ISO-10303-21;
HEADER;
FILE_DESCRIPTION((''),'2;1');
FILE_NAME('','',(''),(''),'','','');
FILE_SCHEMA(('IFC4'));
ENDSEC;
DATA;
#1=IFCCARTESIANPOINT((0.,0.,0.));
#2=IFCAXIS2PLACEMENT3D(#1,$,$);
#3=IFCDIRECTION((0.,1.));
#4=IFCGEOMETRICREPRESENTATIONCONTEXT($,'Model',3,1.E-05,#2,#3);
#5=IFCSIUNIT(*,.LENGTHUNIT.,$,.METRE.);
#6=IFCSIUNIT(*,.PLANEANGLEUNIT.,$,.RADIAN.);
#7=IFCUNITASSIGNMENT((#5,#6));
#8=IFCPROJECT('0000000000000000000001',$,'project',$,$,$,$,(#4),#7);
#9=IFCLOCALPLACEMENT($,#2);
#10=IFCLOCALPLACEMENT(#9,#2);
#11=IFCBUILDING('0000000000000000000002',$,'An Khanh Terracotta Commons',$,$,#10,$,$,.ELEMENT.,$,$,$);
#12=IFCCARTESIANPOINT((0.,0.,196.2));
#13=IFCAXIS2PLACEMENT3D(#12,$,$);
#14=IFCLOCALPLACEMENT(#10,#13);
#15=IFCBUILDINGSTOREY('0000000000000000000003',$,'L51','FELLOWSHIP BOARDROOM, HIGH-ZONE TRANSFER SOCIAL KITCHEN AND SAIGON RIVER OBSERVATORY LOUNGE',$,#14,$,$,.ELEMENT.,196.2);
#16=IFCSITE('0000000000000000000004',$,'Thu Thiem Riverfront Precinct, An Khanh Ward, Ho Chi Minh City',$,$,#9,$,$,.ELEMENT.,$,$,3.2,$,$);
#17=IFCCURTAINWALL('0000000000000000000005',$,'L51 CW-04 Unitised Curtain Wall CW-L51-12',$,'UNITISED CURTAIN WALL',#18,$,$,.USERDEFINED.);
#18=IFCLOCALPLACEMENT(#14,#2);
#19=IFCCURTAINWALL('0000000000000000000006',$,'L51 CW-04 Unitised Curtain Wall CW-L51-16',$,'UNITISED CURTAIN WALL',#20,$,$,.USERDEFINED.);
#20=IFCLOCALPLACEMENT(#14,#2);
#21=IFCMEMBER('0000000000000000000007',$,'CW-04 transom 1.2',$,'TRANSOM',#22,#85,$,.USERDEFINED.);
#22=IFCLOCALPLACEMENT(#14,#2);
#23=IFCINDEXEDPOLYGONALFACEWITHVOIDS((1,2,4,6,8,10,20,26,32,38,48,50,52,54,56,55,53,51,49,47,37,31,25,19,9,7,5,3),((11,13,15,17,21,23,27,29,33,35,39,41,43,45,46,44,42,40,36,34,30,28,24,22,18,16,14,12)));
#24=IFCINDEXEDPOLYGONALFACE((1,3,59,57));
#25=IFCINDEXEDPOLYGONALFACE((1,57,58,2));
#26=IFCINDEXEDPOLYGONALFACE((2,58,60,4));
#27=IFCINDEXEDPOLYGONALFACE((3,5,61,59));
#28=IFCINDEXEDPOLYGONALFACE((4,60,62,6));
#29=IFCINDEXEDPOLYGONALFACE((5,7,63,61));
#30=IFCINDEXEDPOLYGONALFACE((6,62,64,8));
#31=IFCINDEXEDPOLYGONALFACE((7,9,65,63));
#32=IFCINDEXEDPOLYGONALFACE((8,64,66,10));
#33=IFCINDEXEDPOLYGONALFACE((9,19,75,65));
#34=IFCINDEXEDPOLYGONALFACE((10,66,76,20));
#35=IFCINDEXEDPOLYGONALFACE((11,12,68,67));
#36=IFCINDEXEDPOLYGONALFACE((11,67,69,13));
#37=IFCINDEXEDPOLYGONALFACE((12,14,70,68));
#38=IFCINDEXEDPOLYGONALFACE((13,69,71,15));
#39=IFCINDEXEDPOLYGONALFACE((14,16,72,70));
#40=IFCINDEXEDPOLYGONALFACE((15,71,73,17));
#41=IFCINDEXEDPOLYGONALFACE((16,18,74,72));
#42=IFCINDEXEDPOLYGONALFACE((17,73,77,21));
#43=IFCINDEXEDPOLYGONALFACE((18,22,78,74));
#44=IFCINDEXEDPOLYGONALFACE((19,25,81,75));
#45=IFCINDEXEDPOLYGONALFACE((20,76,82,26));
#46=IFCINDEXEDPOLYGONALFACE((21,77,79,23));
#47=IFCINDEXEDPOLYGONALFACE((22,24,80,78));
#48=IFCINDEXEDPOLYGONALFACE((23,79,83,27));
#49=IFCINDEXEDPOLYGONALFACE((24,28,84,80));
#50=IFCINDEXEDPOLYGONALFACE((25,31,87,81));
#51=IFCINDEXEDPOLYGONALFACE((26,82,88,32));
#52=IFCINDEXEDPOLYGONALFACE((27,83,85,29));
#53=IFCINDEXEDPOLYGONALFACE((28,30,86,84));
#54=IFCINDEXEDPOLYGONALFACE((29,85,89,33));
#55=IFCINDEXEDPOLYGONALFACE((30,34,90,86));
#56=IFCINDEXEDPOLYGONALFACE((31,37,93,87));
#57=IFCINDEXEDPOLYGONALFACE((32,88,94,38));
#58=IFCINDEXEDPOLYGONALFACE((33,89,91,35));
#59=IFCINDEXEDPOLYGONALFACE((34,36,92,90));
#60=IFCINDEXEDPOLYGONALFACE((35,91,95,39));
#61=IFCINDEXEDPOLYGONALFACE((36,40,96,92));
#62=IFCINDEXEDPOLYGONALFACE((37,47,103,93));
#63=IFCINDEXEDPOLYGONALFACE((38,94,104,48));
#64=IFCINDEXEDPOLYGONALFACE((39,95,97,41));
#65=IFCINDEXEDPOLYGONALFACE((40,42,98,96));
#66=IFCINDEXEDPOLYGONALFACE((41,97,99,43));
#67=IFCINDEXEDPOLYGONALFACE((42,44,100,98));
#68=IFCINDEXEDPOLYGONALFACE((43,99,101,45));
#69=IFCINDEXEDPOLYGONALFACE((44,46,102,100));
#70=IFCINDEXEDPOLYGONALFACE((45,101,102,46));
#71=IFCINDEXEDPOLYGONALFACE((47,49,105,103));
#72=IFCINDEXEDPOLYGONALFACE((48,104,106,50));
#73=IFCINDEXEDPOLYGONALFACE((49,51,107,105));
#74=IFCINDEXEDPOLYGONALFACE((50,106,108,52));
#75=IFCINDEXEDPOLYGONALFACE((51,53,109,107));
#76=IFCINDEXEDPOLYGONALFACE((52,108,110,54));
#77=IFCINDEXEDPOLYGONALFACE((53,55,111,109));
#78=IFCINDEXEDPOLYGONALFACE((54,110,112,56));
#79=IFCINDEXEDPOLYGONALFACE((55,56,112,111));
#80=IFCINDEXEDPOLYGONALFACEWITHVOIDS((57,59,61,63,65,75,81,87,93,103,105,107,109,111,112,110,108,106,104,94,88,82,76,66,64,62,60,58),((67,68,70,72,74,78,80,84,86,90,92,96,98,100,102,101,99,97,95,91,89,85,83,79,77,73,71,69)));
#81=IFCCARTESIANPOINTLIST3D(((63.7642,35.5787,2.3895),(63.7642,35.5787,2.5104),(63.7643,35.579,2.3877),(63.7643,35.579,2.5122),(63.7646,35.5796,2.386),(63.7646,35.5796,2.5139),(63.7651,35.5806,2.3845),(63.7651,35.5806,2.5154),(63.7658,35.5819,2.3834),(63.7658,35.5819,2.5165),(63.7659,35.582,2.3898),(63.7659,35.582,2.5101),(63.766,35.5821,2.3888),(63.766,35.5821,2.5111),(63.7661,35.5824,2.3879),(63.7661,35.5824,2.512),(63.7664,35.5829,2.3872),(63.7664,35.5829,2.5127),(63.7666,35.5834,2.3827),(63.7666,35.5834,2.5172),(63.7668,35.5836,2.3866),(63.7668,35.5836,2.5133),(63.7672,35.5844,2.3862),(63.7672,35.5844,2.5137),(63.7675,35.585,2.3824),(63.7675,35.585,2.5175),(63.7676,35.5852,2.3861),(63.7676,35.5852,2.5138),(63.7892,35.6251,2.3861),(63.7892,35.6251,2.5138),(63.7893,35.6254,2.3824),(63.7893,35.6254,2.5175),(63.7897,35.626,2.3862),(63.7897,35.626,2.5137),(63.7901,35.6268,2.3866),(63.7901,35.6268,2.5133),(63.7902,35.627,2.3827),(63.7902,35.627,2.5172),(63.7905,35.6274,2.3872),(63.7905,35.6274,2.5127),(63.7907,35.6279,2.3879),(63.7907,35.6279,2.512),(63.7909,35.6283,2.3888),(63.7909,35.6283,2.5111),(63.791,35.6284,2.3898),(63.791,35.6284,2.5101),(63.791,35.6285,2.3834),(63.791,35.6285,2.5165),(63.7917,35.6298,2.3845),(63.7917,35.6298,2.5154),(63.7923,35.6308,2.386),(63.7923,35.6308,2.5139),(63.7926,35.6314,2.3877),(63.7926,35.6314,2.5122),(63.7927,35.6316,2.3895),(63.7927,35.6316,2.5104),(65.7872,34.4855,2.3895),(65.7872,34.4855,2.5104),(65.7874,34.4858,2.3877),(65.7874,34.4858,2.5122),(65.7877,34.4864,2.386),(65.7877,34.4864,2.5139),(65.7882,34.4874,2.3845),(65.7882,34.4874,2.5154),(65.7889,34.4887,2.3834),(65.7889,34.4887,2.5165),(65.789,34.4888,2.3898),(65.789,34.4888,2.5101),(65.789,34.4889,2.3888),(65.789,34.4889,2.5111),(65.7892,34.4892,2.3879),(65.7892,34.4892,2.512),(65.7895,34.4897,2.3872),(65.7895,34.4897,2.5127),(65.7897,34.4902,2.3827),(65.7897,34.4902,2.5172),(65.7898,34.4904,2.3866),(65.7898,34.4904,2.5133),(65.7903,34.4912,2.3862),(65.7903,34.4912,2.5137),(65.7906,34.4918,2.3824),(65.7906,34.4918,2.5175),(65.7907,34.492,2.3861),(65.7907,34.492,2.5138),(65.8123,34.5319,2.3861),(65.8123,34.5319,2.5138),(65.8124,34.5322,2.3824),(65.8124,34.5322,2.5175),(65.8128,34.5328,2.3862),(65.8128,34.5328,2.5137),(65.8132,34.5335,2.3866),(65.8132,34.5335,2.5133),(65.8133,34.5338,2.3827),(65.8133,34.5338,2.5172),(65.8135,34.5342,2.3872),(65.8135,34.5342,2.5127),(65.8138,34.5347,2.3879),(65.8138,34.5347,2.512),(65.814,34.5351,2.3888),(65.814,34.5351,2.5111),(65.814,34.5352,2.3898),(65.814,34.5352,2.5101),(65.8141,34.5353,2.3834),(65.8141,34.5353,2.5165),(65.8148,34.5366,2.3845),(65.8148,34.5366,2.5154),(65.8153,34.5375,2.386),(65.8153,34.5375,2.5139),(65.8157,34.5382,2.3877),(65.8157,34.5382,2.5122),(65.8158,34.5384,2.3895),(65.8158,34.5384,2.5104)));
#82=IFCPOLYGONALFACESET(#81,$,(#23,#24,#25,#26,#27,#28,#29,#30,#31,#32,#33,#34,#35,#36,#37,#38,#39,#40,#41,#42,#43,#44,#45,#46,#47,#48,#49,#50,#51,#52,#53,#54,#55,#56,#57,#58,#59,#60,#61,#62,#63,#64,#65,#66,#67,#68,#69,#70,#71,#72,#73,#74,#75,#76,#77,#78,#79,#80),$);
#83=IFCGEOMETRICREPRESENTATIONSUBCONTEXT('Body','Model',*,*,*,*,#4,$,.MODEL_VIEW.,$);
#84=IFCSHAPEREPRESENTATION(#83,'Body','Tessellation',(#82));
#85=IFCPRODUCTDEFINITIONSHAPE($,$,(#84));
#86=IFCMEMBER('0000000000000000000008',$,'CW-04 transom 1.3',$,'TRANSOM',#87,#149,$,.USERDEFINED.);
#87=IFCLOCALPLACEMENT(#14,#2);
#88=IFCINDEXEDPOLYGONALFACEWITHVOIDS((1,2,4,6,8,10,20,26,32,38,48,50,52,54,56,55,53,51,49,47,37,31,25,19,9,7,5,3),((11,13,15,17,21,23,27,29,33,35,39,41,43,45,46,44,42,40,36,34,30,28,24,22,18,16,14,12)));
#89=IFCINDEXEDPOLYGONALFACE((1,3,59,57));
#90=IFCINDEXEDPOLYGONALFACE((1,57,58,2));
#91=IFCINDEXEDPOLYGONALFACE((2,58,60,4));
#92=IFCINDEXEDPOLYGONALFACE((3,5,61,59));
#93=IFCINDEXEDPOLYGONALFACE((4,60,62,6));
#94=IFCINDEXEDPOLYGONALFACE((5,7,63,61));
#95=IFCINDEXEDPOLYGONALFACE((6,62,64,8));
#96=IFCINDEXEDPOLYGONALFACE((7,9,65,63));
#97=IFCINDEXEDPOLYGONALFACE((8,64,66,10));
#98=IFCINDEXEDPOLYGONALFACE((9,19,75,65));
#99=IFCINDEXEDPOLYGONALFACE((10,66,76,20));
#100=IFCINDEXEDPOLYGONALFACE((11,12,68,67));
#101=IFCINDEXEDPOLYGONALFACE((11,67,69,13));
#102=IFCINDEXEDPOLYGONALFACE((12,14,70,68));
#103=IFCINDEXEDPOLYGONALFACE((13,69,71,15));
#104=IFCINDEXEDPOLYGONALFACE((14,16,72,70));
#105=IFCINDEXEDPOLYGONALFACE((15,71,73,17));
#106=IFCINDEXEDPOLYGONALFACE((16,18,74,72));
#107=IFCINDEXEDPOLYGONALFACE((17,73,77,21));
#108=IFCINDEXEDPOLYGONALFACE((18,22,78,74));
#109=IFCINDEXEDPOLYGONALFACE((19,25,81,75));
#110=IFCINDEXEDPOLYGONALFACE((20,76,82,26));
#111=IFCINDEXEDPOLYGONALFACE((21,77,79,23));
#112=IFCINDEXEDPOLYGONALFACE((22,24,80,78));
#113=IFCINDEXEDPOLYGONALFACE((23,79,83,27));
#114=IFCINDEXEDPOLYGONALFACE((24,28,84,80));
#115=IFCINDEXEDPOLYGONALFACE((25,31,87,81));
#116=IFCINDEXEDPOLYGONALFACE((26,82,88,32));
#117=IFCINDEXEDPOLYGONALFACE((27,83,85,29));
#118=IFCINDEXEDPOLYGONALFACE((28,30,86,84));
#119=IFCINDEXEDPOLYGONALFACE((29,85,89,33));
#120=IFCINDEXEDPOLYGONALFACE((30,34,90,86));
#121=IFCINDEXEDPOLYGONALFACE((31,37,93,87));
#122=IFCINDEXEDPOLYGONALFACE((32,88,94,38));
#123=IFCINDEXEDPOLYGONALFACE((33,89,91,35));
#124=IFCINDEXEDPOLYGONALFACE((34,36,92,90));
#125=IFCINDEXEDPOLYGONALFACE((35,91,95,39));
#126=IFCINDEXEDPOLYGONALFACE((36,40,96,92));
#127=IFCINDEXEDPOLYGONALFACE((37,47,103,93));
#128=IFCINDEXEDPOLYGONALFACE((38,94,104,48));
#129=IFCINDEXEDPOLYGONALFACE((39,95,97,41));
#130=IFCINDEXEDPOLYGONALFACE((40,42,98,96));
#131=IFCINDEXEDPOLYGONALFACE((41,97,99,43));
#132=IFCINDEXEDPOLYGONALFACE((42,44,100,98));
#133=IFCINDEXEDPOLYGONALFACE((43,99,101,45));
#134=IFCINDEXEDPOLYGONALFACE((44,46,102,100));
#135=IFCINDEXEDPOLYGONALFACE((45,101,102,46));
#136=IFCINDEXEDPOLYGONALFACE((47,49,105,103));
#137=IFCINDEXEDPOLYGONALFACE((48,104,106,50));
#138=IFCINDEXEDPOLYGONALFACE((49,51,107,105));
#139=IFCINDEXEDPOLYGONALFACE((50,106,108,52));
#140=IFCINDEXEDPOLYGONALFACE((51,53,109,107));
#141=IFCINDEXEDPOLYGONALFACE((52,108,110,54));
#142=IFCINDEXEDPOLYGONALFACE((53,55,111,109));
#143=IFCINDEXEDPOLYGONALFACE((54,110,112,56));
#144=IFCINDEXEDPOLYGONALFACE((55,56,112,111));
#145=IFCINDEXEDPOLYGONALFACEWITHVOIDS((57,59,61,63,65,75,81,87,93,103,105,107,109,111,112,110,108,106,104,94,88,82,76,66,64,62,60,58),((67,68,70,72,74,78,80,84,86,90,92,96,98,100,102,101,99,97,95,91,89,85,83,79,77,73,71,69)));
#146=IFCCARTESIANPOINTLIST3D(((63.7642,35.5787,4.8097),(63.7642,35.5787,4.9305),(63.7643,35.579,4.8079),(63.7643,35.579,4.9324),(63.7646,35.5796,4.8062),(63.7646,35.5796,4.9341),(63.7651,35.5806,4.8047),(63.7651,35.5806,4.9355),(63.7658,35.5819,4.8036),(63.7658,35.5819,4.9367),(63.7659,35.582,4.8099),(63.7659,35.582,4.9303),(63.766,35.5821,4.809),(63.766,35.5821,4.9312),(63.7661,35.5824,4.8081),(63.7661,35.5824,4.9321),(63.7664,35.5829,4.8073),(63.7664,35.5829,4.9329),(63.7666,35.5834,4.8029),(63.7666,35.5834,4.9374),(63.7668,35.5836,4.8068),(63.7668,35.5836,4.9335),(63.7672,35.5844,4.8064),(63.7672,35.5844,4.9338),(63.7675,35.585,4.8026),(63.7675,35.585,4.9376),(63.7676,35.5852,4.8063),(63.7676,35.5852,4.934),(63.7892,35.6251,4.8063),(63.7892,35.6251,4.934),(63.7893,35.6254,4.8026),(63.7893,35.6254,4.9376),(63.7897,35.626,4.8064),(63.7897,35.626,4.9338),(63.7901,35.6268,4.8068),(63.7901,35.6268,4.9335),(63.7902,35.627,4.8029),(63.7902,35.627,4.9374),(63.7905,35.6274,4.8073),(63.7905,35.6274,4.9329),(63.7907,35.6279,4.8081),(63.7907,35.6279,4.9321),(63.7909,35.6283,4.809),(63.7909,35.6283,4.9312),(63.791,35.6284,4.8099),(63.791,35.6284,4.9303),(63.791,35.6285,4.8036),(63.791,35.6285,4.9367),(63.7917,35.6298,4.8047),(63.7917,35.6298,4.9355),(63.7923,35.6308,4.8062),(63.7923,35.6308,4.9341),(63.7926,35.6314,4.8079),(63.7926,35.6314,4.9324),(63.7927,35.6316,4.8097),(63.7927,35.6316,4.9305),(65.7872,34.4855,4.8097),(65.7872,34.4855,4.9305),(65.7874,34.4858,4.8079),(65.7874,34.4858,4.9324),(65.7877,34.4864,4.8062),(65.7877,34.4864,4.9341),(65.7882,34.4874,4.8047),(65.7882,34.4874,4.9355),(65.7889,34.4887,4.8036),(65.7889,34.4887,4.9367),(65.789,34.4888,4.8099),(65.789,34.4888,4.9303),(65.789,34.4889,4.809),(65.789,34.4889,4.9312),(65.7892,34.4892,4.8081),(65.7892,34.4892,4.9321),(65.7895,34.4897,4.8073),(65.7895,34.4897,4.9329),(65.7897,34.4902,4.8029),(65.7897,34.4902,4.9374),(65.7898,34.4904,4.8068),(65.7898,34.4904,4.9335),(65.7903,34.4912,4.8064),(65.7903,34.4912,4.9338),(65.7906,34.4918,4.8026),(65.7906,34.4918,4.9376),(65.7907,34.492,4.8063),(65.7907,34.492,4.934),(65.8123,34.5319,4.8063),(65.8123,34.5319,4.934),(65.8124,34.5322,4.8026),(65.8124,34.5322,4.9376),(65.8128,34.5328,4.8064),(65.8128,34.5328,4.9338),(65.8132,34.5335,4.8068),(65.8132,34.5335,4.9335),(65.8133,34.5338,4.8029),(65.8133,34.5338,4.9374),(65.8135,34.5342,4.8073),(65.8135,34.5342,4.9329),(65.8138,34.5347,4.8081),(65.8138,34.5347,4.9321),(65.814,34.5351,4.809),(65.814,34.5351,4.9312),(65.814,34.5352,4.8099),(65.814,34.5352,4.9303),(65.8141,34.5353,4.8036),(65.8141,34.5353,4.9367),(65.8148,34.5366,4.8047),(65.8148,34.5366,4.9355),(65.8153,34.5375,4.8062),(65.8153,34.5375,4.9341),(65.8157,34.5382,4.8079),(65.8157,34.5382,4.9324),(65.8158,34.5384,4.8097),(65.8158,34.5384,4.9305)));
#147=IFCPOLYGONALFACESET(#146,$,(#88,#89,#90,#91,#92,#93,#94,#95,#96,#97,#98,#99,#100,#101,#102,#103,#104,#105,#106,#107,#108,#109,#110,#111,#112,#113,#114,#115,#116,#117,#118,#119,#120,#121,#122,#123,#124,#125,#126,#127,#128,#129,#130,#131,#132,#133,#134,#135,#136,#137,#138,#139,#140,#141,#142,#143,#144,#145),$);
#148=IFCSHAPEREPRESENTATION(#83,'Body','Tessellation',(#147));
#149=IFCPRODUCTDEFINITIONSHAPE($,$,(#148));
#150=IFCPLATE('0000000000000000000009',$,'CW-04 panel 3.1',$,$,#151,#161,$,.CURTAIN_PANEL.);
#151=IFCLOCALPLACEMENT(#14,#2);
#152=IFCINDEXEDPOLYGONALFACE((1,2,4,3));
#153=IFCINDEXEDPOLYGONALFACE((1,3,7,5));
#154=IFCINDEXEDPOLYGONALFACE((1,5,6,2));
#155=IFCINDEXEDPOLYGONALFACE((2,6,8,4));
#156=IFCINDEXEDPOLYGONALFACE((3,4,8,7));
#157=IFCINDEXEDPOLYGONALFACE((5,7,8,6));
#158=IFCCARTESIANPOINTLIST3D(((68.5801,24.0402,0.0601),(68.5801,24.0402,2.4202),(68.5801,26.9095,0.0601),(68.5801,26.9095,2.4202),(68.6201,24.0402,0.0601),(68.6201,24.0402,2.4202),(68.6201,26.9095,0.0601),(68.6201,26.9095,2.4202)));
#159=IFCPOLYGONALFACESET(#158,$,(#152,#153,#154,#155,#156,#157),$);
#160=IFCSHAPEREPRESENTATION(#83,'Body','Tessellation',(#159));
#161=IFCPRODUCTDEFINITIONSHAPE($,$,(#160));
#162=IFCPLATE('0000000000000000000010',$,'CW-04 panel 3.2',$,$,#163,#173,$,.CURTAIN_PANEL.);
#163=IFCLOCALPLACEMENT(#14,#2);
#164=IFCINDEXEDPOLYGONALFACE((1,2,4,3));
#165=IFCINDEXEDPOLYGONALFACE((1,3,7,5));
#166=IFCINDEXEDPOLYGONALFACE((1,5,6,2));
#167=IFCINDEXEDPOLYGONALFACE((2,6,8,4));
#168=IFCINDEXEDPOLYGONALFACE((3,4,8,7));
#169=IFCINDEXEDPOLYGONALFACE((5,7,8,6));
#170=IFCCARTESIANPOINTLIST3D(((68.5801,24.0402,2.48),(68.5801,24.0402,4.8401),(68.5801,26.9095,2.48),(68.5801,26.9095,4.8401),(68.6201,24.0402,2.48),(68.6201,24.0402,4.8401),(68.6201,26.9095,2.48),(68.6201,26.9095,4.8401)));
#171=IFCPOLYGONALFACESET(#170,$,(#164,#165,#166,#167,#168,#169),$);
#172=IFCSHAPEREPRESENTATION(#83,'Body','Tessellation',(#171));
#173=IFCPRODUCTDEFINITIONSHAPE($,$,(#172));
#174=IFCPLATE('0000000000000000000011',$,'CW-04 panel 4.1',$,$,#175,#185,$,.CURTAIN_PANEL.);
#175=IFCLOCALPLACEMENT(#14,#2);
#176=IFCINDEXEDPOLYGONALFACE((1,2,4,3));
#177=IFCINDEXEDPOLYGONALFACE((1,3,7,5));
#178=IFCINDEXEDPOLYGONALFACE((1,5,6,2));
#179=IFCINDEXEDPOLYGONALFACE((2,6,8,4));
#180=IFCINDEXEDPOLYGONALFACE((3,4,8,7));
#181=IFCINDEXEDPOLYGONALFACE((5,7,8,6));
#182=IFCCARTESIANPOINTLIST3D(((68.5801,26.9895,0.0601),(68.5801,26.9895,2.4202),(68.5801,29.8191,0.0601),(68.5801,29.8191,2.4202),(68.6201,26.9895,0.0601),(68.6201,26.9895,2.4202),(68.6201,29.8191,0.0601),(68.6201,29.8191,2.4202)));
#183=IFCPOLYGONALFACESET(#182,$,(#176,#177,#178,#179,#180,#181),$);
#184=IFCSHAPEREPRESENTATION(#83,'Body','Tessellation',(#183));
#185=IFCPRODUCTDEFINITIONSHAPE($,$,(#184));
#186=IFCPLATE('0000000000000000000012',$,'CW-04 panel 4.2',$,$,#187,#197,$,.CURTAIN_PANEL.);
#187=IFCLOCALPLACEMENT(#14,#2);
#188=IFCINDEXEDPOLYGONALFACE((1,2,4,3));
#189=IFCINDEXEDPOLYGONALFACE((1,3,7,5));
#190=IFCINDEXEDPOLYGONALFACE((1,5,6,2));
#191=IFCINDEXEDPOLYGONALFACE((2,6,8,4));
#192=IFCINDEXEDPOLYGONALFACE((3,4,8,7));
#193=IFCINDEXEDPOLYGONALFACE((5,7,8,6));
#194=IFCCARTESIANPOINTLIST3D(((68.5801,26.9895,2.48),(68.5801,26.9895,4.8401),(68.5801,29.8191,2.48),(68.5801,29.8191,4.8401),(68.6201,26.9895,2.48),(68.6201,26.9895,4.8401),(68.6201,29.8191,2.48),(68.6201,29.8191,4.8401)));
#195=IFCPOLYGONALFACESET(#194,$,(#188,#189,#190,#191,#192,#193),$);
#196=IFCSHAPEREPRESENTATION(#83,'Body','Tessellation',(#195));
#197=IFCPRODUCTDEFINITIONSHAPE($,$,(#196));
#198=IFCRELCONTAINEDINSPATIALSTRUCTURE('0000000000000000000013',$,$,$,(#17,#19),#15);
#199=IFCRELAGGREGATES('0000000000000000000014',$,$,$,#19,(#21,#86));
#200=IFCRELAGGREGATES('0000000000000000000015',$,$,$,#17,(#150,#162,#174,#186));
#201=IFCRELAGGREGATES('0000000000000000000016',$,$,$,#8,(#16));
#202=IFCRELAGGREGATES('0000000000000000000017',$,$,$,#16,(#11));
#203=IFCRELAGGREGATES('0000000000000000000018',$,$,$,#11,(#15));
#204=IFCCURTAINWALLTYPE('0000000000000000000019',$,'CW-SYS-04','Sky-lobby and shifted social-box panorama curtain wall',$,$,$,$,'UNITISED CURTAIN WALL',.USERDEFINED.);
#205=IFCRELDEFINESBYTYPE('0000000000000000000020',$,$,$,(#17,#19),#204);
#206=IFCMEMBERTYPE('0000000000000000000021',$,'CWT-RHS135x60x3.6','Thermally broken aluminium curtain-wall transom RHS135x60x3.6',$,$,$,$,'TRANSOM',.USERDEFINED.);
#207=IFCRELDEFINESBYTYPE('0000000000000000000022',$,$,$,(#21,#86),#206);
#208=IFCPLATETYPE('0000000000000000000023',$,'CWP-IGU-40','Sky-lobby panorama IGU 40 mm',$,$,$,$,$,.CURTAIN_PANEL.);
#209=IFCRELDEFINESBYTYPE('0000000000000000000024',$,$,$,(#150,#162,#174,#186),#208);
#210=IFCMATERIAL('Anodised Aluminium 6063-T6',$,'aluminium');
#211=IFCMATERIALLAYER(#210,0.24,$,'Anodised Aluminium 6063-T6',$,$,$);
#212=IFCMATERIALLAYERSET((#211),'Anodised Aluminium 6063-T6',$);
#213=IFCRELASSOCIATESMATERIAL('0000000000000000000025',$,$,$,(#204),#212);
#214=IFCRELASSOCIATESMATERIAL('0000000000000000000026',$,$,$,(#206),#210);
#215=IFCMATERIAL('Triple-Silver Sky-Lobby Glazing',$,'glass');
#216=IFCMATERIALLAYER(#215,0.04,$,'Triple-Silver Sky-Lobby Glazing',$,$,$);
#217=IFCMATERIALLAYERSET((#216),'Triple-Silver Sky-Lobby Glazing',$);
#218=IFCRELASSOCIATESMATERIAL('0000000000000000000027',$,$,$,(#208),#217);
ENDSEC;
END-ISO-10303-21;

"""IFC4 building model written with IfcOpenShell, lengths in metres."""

from ifc_helpers import new_model, si_unit, direction, frame, origin, origin_2d, place, context, subcontext, project, spatial, rectangle, hollow_rectangle, extrude, material, layer, layer_set, material_profile, profile_set, type_object, element, aggregate, save


model = new_model("IFC4")

# Units and contexts
model_context = context("Model", 3, precision=1e-05, world=origin(), true_north=direction((0.0, 1.0)))
body_context = subcontext(model_context, "Body", "Model", "MODEL_VIEW")
ifc_project = project(units=[si_unit("LENGTHUNIT", "METRE"), si_unit("PLANEANGLEUNIT", "RADIAN")], contexts=[model_context])

# Site, building, storey
site_placement = place(None, origin())
site = spatial("IfcSite", under=ifc_project, at=site_placement, Name="Thu Thiem Riverfront Precinct, An Khanh Ward, Ho Chi Minh City", CompositionType="ELEMENT", RefElevation=3.2)
building_placement = place(site_placement, origin())
building = spatial("IfcBuilding", under=site, at=building_placement, Name="An Khanh Terracotta Commons", CompositionType="ELEMENT")
storey_placement = place(building_placement, frame((0.0, 0.0, 196.2)))
storey = spatial("IfcBuildingStorey", under=building, at=storey_placement, Name="L51", Description="FELLOWSHIP BOARDROOM, HIGH-ZONE TRANSFER SOCIAL KITCHEN AND SAIGON RIVER OBSERVATORY LOUNGE", CompositionType="ELEMENT", Elevation=196.2)

# Curtain wall
ifc_material_1 = material(Name="Anodised Aluminium 6063-T6", Category="aluminium")
ifc_layer_1 = layer(ifc_material_1, 0.24, Name="Anodised Aluminium 6063-T6")
ifc_layer_set_1 = layer_set([ifc_layer_1], Name="Anodised Aluminium 6063-T6")
curtain_wall_type = type_object("IfcCurtainWallType", Name="CW-SYS-04", Description="Sky-lobby and shifted social-box panorama curtain wall", ElementType="UNITISED CURTAIN WALL", PredefinedType="USERDEFINED", material=ifc_layer_set_1)
curtain_wall_1_placement = place(storey_placement, origin())
curtain_wall_1 = element("IfcCurtainWall", 1, at=curtain_wall_1_placement, inside=storey, type_object=curtain_wall_type, Name="L51 CW-04 Unitised Curtain Wall CW-L51-12", ObjectType="UNITISED CURTAIN WALL", PredefinedType="USERDEFINED")

# Curtain wall
curtain_wall_2_placement = place(storey_placement, origin())
curtain_wall_2 = element("IfcCurtainWall", 2, at=curtain_wall_2_placement, inside=storey, type_object=curtain_wall_type, Name="L51 CW-04 Unitised Curtain Wall CW-L51-16", ObjectType="UNITISED CURTAIN WALL", PredefinedType="USERDEFINED")

# Members
ifc_material_profile_1 = material_profile(ifc_material_1, hollow_rectangle(XDim=0.0601, YDim=0.135, WallThickness=0.0037, InnerFilletRadius=0.0037, OuterFilletRadius=0.0071, at=origin_2d()), Name="RHS135x60x3.6")
ifc_profile_set_1 = profile_set([ifc_material_profile_1], Name="Anodised Aluminium 6063-T6")
member_type_1 = type_object("IfcMemberType", Name="CWT-RHS135x60x3.6", Description="Thermally broken aluminium curtain-wall transom RHS135x60x3.6", ElementType="TRANSOM", PredefinedType="USERDEFINED", material=ifc_profile_set_1)
member_1_placement = place(storey_placement, frame((65.8015, 34.512, 2.45), z_axis=(-0.879771, 0.475397, 0.0), x_axis=(-0.475397, -0.879771, 0.0)))
member_1 = element("IfcMember", 3, at=member_1_placement, type_object=member_type_1, Name="CW-04 transom 1.2", ObjectType="TRANSOM", PredefinedType="USERDEFINED", context=body_context, shape_type="SweptSolid", body=[
    extrude(hollow_rectangle(XDim=0.0601, YDim=0.135, WallThickness=0.0037, InnerFilletRadius=0.0037, OuterFilletRadius=0.0071, at=origin_2d()), origin(), (0.0, 0.0, 1.0), 2.2996),
])
member_2_placement = place(storey_placement, frame((65.8015, 34.512, 4.8701), z_axis=(-0.879771, 0.475397, 0.0), x_axis=(-0.475397, -0.879771, 0.0)))
member_2 = element("IfcMember", 4, at=member_2_placement, type_object=member_type_1, Name="CW-04 transom 1.3", ObjectType="TRANSOM", PredefinedType="USERDEFINED", context=body_context, shape_type="SweptSolid", body=[
    extrude(hollow_rectangle(XDim=0.0601, YDim=0.135, WallThickness=0.0037, InnerFilletRadius=0.0037, OuterFilletRadius=0.0071, at=origin_2d()), origin(), (0.0, 0.0, 1.0), 2.2996),
])
aggregate(curtain_wall_2, [member_1, member_2])

# Plates
ifc_material_2 = material(Name="Triple-Silver Sky-Lobby Glazing", Category="glass")
ifc_layer_2 = layer(ifc_material_2, 0.04, Name="Triple-Silver Sky-Lobby Glazing")
ifc_layer_set_2 = layer_set([ifc_layer_2], Name="Triple-Silver Sky-Lobby Glazing")
plate_type = type_object("IfcPlateType", Name="CWP-IGU-40", Description="Sky-lobby panorama IGU 40 mm", PredefinedType="CURTAIN_PANEL", material=ifc_layer_set_2)
plate_1_placement = place(storey_placement, frame((68.6001, 25.4749, 0.0601), z_axis=(0.0, 0.0, 1.0), x_axis=(0.0, 1.0, 0.0)))
plate_1 = element("IfcPlate", 5, at=plate_1_placement, type_object=plate_type, Name="CW-04 panel 3.1", PredefinedType="CURTAIN_PANEL", context=body_context, shape_type="SweptSolid", body=[
    extrude(rectangle(XDim=2.8694, YDim=0.04, at=origin_2d()), origin(), (0.0, 0.0, 1.0), 2.3601),
])
plate_2_placement = place(storey_placement, frame((68.6001, 25.4749, 2.48), z_axis=(0.0, 0.0, 1.0), x_axis=(0.0, 1.0, 0.0)))
plate_2 = element("IfcPlate", 6, at=plate_2_placement, type_object=plate_type, Name="CW-04 panel 3.2", PredefinedType="CURTAIN_PANEL", context=body_context, shape_type="SweptSolid", body=[
    extrude(rectangle(XDim=2.8694, YDim=0.04, at=origin_2d()), origin(), (0.0, 0.0, 1.0), 2.3601),
])
plate_3_placement = place(storey_placement, frame((68.6001, 28.4043, 0.0601), z_axis=(0.0, 0.0, 1.0), x_axis=(0.0, 1.0, 0.0)))
plate_3 = element("IfcPlate", 7, at=plate_3_placement, type_object=plate_type, Name="CW-04 panel 4.1", PredefinedType="CURTAIN_PANEL", context=body_context, shape_type="SweptSolid", body=[
    extrude(rectangle(XDim=2.8296, YDim=0.04, at=origin_2d()), origin(), (0.0, 0.0, 1.0), 2.3601),
])
plate_4_placement = place(storey_placement, frame((68.6001, 28.4043, 2.48), z_axis=(0.0, 0.0, 1.0), x_axis=(0.0, 1.0, 0.0)))
plate_4 = element("IfcPlate", 8, at=plate_4_placement, type_object=plate_type, Name="CW-04 panel 4.2", PredefinedType="CURTAIN_PANEL", context=body_context, shape_type="SweptSolid", body=[
    extrude(rectangle(XDim=2.8296, YDim=0.04, at=origin_2d()), origin(), (0.0, 0.0, 1.0), 2.3601),
])
aggregate(curtain_wall_1, [plate_1, plate_2, plate_3, plate_4])

save(model, "model.ifc")
